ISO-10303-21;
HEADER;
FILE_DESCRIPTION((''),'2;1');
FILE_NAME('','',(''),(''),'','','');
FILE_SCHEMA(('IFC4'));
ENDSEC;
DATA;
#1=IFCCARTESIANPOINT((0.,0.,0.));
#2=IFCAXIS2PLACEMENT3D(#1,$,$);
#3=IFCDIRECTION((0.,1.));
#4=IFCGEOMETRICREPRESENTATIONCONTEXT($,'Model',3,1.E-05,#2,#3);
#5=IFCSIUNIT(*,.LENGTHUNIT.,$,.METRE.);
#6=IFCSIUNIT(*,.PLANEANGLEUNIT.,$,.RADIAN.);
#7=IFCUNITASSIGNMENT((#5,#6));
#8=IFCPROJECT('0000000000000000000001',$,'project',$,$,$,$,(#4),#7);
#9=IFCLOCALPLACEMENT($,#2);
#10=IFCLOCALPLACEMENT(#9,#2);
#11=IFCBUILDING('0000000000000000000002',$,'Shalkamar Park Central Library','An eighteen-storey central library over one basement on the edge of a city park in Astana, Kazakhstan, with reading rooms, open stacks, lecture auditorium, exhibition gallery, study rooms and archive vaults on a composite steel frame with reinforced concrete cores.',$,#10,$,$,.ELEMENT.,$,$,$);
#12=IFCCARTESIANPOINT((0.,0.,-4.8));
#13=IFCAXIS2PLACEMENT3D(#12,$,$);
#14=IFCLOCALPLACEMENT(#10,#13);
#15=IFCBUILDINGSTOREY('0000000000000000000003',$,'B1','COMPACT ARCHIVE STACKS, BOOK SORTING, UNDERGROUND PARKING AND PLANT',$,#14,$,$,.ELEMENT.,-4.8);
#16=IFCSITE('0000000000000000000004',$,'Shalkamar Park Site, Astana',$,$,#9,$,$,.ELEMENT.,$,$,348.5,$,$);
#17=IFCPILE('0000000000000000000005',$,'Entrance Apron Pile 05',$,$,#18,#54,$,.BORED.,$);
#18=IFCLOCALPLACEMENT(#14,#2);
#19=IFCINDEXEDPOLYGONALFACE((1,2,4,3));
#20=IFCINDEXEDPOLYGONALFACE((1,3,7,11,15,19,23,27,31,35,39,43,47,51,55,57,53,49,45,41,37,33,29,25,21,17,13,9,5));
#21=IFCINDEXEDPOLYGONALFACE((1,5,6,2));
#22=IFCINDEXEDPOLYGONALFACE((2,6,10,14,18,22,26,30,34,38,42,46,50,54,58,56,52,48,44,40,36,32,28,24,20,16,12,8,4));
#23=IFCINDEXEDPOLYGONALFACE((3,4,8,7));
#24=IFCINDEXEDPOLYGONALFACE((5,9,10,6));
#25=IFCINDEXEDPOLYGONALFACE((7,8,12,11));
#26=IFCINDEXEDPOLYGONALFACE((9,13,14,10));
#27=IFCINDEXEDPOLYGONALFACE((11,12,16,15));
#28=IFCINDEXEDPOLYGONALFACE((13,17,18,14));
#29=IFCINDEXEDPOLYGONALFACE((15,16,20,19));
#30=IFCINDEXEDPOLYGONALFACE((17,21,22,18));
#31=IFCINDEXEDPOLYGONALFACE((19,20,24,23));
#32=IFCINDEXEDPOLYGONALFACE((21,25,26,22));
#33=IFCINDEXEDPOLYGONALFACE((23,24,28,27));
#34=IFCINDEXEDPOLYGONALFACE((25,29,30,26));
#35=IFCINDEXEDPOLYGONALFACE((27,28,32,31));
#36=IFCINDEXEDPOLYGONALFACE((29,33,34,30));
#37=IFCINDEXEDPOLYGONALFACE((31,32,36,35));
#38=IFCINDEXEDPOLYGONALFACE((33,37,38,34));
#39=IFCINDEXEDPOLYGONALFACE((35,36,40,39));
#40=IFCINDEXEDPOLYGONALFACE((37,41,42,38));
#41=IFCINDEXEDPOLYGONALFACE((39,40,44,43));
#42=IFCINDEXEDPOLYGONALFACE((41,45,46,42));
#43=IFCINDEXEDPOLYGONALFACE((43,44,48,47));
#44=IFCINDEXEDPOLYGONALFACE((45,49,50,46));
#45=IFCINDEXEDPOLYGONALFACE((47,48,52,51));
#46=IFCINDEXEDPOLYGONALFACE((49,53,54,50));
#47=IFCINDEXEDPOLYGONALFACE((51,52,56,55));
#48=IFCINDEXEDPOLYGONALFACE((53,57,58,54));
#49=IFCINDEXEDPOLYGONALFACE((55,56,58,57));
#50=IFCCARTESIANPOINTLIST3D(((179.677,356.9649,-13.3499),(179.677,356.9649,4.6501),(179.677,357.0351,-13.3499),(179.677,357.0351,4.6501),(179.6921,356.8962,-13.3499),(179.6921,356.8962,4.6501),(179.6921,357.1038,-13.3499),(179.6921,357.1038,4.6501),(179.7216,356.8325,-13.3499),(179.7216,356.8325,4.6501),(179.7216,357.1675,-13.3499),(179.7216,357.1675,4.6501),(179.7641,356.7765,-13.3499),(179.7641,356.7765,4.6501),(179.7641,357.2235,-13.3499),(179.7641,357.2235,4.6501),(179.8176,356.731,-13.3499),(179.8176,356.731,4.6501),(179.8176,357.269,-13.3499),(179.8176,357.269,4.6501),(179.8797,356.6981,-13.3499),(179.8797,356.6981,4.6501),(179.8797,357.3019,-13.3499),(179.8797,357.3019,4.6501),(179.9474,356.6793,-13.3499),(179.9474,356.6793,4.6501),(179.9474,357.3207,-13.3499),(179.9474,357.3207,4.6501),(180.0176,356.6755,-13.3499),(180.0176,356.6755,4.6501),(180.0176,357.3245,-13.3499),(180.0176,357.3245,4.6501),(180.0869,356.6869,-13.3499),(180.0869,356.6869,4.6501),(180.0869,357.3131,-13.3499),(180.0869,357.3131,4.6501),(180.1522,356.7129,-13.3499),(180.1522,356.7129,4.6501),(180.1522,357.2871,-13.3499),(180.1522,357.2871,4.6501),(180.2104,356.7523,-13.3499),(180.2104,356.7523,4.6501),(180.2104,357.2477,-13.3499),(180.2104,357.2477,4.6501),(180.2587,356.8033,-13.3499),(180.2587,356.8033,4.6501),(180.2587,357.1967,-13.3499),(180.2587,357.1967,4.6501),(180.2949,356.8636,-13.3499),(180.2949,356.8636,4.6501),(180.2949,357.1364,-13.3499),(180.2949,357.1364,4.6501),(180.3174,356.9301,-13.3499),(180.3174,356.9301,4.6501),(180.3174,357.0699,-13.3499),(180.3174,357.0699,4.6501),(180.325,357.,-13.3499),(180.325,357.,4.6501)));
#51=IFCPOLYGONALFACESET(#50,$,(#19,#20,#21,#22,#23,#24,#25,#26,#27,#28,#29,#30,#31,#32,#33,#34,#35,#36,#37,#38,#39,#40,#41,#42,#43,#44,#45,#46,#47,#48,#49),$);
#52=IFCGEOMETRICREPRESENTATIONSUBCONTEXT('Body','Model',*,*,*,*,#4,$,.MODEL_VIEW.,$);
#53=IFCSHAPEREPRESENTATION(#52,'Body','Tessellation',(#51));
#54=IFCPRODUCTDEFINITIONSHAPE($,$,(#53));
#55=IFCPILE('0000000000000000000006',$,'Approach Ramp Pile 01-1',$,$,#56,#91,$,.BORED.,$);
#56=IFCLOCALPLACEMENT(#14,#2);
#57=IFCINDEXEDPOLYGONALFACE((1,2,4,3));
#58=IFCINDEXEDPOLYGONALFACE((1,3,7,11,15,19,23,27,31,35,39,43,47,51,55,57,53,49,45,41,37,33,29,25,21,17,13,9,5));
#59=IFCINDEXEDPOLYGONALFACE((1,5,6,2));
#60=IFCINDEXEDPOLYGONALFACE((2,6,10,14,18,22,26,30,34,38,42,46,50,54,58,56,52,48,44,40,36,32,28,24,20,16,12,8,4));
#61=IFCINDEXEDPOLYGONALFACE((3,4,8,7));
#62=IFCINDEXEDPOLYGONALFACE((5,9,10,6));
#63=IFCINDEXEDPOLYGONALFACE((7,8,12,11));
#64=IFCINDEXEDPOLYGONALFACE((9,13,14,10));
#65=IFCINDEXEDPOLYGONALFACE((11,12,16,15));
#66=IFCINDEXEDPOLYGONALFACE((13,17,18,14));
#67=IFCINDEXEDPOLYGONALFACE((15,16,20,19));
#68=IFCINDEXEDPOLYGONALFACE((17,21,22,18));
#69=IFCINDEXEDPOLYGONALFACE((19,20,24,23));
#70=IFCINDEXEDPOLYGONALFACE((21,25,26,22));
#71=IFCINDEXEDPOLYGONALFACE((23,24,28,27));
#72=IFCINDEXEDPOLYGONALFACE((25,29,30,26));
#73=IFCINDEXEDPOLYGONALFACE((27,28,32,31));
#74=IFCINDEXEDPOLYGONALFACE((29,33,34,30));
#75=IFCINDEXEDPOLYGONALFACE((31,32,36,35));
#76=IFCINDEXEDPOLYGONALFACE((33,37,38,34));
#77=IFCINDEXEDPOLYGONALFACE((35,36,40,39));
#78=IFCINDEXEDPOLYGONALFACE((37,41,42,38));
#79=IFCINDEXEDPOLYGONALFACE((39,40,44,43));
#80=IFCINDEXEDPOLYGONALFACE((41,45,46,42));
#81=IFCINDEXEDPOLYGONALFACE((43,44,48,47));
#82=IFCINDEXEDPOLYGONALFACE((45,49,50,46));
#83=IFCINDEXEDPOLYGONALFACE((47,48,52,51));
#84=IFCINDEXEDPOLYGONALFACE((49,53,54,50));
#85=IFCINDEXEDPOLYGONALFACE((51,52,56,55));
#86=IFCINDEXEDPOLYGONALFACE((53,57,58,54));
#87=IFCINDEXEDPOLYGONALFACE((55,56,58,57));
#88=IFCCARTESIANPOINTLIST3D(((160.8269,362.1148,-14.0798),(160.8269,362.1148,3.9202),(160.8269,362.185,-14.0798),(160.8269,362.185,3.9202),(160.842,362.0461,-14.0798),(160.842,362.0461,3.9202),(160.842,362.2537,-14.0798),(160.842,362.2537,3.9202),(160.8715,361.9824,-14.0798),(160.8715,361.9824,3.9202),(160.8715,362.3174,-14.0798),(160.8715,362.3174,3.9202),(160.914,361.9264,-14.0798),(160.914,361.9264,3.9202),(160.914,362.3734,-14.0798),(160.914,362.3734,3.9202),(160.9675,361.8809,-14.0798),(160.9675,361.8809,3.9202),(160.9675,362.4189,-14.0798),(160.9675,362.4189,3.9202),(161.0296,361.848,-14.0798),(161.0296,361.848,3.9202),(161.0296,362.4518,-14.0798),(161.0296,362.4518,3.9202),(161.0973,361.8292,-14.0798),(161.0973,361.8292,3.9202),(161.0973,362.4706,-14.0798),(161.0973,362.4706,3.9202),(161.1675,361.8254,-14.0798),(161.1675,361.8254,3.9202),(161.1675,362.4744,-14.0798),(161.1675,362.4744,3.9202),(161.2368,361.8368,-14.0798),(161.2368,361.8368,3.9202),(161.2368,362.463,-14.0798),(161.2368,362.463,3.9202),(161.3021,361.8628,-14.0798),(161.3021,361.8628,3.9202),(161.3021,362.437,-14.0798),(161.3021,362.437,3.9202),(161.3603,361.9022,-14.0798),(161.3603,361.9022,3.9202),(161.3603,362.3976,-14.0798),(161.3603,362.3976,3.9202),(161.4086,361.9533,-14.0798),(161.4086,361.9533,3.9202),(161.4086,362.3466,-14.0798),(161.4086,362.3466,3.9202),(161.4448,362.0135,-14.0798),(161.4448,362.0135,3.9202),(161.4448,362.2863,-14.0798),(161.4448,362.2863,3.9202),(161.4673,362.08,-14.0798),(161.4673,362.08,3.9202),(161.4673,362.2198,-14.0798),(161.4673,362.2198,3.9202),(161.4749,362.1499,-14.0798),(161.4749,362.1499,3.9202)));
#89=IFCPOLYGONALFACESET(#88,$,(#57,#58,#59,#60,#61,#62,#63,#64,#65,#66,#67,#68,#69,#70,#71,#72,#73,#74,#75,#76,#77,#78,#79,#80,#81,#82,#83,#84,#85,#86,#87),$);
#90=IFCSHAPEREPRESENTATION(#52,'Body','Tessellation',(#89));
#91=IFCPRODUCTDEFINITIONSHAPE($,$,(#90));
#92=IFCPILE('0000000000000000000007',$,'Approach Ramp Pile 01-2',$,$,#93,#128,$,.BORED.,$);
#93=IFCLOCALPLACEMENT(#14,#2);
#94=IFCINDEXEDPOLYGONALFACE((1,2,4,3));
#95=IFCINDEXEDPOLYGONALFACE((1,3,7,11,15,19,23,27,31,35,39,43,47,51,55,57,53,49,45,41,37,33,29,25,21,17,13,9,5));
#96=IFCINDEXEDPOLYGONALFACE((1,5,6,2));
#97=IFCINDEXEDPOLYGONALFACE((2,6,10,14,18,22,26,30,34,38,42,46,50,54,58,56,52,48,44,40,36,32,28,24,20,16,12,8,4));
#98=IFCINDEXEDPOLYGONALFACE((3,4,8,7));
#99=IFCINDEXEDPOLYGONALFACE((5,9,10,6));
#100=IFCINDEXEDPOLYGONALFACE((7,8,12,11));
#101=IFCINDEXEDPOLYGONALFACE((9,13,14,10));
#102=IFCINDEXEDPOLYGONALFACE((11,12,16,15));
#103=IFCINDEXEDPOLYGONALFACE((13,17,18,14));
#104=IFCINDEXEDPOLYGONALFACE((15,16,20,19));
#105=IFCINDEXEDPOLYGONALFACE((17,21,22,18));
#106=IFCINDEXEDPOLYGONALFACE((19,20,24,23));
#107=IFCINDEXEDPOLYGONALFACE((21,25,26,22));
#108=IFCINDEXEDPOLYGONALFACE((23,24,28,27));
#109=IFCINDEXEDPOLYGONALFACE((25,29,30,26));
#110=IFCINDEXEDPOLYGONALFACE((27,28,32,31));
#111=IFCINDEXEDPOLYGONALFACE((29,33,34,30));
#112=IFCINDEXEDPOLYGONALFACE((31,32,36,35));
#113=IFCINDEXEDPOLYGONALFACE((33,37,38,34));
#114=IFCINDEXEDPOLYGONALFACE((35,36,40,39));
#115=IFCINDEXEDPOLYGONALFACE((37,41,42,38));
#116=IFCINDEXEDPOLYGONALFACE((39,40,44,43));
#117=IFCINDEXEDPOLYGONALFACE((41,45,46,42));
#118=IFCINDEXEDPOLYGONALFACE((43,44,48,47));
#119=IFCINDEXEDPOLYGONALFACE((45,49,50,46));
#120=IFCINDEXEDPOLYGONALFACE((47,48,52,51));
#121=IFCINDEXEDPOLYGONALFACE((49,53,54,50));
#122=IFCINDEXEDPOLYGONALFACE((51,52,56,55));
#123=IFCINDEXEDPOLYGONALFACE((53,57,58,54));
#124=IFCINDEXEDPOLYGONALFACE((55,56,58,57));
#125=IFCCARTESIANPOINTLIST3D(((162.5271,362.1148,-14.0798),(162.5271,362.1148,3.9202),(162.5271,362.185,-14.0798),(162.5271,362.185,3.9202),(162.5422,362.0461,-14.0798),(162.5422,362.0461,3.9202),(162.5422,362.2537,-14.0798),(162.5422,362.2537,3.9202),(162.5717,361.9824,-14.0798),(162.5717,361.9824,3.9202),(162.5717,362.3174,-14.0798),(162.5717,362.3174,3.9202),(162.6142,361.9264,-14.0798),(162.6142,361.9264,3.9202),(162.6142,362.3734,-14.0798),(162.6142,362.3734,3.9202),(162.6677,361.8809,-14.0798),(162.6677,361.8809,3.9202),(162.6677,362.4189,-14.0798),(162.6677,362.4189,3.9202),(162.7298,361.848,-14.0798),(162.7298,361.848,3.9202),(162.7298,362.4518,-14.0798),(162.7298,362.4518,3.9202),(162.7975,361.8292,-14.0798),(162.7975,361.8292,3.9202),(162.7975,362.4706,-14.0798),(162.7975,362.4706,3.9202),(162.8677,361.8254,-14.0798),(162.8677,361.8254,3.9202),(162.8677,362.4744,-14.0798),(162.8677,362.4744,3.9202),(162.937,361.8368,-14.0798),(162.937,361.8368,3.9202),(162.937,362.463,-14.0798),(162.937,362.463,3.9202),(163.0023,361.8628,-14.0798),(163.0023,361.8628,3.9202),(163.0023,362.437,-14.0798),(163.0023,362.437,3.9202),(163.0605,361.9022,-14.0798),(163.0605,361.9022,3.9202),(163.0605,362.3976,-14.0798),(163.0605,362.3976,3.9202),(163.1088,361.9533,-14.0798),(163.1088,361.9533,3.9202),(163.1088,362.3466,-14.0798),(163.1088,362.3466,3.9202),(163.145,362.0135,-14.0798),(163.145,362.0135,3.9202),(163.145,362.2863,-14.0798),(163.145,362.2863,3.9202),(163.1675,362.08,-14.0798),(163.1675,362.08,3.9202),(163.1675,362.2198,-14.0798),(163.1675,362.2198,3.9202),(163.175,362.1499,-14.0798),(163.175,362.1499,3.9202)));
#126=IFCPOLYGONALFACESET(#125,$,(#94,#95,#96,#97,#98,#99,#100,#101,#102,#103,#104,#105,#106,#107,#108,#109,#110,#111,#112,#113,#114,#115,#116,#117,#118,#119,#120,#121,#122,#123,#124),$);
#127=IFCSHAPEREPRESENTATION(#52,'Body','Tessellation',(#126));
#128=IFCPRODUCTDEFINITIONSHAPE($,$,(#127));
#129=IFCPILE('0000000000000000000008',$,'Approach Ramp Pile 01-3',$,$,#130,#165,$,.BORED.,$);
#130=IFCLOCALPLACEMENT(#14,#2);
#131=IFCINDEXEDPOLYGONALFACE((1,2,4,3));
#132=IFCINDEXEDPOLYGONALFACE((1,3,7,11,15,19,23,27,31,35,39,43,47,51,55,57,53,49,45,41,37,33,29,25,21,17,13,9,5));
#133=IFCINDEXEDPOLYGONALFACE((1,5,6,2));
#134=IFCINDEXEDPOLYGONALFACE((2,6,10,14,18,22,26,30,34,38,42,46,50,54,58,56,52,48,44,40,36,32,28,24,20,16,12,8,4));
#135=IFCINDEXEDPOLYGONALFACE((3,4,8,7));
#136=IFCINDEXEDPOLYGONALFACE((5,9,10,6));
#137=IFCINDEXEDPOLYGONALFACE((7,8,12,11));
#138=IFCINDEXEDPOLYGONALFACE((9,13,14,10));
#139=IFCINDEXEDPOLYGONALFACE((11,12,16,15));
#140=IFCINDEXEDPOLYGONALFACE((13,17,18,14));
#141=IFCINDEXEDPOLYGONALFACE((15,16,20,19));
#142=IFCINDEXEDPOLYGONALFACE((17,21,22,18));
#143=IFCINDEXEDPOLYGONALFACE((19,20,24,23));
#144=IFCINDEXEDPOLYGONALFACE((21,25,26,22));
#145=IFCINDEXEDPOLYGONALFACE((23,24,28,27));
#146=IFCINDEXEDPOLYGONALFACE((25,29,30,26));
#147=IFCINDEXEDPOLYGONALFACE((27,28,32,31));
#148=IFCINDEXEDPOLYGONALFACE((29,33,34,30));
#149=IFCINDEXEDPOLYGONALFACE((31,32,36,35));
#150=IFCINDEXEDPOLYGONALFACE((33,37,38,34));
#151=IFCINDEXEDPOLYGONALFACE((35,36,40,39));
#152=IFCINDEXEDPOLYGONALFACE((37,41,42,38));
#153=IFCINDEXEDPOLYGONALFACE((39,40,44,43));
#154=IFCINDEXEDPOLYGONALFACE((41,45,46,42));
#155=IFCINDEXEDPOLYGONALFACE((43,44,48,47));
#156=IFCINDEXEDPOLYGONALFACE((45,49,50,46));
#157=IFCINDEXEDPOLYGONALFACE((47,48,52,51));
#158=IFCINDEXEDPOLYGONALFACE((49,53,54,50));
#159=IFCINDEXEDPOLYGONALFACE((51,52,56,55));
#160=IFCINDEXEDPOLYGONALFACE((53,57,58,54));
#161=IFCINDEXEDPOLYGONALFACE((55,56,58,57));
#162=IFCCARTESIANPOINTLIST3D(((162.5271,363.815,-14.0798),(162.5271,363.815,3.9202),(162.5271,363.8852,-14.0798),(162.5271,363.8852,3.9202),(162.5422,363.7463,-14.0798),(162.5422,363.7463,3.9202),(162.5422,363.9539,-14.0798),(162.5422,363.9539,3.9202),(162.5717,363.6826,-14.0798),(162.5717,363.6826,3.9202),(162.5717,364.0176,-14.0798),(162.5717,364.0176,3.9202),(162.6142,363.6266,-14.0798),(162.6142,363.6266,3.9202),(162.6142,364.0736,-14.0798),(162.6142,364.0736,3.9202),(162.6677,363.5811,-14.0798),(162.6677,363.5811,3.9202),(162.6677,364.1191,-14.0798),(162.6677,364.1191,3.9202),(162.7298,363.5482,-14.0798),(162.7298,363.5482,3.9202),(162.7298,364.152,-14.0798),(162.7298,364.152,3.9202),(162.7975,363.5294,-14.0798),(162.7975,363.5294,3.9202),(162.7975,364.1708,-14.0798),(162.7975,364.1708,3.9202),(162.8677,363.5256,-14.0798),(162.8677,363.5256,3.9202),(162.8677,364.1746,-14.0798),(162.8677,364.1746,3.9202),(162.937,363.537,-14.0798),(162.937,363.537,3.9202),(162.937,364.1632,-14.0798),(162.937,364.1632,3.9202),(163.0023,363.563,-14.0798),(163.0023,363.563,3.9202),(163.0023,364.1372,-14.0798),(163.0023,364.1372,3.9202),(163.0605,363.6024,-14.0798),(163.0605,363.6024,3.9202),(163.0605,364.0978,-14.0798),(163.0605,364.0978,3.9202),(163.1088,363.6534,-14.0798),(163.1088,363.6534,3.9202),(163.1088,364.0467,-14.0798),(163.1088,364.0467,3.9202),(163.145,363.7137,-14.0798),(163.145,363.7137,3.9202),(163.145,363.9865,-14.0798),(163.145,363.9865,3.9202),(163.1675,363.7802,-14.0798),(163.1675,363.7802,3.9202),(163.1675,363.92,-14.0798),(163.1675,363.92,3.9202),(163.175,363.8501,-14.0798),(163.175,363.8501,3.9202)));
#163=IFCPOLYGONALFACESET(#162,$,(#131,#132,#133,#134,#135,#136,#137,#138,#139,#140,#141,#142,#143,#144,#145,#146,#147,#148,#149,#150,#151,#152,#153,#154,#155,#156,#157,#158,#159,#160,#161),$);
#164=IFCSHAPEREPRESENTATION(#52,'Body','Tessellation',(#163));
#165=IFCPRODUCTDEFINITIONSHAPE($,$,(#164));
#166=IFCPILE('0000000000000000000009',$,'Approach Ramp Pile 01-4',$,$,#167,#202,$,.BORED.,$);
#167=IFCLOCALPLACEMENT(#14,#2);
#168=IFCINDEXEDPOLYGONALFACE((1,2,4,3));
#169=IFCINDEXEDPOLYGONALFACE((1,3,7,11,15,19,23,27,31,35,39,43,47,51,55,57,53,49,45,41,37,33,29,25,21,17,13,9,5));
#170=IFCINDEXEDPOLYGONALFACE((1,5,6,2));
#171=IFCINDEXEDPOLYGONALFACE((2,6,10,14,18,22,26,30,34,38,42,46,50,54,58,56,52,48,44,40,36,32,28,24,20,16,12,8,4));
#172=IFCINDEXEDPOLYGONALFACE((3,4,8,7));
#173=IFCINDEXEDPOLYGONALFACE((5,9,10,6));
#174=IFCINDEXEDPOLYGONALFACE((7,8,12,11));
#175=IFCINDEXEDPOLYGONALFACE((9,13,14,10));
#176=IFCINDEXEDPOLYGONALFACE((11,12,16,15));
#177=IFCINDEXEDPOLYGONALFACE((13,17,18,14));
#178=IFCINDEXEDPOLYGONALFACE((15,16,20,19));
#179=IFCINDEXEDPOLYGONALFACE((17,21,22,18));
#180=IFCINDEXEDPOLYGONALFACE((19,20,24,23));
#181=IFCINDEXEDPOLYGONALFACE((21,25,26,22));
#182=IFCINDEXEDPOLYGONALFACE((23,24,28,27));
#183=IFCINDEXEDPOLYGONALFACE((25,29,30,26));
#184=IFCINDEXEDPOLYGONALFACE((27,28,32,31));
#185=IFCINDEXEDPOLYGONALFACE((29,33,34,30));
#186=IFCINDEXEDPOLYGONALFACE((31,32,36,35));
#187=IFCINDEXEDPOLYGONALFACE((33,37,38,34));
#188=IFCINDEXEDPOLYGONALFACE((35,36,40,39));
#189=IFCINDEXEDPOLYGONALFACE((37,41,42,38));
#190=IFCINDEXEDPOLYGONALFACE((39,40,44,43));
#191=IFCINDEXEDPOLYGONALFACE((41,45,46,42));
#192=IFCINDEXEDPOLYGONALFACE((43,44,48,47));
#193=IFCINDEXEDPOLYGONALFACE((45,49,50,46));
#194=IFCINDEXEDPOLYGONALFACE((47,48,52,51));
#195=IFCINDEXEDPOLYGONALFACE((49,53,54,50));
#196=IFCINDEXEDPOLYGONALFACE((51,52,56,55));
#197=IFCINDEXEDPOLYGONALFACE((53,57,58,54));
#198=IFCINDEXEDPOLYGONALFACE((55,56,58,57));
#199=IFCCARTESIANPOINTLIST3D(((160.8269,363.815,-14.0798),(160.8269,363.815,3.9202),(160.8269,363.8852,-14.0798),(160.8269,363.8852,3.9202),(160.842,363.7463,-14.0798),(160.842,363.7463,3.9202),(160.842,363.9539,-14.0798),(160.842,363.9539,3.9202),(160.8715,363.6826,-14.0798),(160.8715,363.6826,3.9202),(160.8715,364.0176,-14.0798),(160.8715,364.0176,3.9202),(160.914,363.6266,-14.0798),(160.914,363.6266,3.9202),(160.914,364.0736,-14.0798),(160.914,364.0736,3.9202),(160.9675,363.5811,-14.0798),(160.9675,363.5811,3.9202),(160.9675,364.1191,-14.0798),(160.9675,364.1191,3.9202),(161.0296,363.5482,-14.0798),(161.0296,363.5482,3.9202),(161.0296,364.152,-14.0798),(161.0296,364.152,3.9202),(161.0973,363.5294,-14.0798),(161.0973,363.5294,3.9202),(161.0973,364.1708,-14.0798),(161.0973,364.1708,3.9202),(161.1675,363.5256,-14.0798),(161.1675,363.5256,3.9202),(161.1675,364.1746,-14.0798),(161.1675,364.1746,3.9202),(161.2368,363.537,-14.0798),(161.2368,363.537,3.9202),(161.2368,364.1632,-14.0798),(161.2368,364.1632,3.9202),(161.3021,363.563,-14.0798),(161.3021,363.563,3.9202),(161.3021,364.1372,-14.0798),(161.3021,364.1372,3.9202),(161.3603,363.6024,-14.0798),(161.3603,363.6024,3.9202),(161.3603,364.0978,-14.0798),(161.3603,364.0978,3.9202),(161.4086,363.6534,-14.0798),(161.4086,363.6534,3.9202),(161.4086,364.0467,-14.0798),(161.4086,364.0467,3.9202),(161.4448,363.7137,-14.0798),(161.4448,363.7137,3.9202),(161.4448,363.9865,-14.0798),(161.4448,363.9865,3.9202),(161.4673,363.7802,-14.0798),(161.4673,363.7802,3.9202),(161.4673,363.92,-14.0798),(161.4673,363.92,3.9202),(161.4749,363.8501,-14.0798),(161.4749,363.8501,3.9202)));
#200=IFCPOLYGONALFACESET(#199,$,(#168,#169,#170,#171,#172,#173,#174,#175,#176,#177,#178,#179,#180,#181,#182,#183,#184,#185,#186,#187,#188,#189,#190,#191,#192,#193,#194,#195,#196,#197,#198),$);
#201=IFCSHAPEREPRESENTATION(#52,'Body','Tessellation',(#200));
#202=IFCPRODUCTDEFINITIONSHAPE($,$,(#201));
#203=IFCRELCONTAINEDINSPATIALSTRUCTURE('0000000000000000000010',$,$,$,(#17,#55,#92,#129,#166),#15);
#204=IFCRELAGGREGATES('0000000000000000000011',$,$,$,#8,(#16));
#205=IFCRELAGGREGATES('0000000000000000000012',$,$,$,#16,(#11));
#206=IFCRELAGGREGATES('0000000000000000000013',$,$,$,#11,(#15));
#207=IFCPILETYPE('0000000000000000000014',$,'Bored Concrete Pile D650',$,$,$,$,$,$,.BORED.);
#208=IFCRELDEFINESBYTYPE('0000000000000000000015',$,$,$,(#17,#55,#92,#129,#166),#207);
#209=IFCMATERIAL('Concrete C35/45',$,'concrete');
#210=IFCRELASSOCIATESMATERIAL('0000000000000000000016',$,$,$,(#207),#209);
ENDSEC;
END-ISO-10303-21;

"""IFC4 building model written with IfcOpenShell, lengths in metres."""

from ifc_helpers import new_model, si_unit, direction, frame, origin, origin_2d, place, context, subcontext, project, spatial, circle, extrude, material, material_profile, profile_set, type_object, element, save


model = new_model("IFC4")

# Units and contexts
model_context = context("Model", 3, precision=1e-05, world=origin(), true_north=direction((0.0, 1.0)))
body_context = subcontext(model_context, "Body", "Model", "MODEL_VIEW")
ifc_project = project(units=[si_unit("LENGTHUNIT", "METRE"), si_unit("PLANEANGLEUNIT", "RADIAN")], contexts=[model_context])

# Site, building, storey
site_placement = place(None, origin())
site = spatial("IfcSite", under=ifc_project, at=site_placement, Name="Shalkamar Park Site, Astana", CompositionType="ELEMENT", RefElevation=348.5)
building_placement = place(site_placement, origin())
building = spatial("IfcBuilding", under=site, at=building_placement, Name="Shalkamar Park Central Library", Description="An eighteen-storey central library over one basement on the edge of a city park in Astana, Kazakhstan, with reading rooms, open stacks, lecture auditorium, exhibition gallery, study rooms and archive vaults on a composite steel frame with reinforced concrete cores.", CompositionType="ELEMENT")
storey_placement = place(building_placement, frame((0.0, 0.0, -4.8)))
storey = spatial("IfcBuildingStorey", under=building, at=storey_placement, Name="B1", Description="COMPACT ARCHIVE STACKS, BOOK SORTING, UNDERGROUND PARKING AND PLANT", CompositionType="ELEMENT", Elevation=-4.8)

# Piles
ifc_material_1 = material(Name="Concrete C35/45", Category="concrete")
ifc_material_profile_1 = material_profile(ifc_material_1, circle(Radius=0.325, at=origin_2d()), Name="PILE D650")
ifc_profile_set_1 = profile_set([ifc_material_profile_1], Name="Concrete C35/45")
pile_type_1 = type_object("IfcPileType", Name="Bored Concrete Pile D650", PredefinedType="BORED", material=ifc_profile_set_1)
for number, where, z_axis, x_axis, name in (
    (1, (180.0, 357.0, 4.6501), (0.0, 0.0, -1.0), (1.0, 0.0, 0.0), "Entrance Apron Pile 05"),
    (2, (161.1499, 362.1499, 3.9202), (0.0, 0.0, -1.0), (1.0, 0.0, 0.0), "Approach Ramp Pile 01-1"),
    (3, (162.8501, 362.1499, 3.9202), (0.0, 0.0, -1.0), (1.0, 0.0, 0.0), "Approach Ramp Pile 01-2"),
    (4, (162.8501, 363.8501, 3.9202), (0.0, 0.0, -1.0), (1.0, 0.0, 0.0), "Approach Ramp Pile 01-3"),
    (5, (161.1499, 363.8501, 3.9202), (0.0, 0.0, -1.0), (1.0, 0.0, 0.0), "Approach Ramp Pile 01-4"),
):
    element("IfcPile", number, at=place(storey_placement, frame(where, z_axis=z_axis, x_axis=x_axis)), inside=storey, type_object=pile_type_1, Name=name, PredefinedType="BORED", context=body_context, shape_type="SweptSolid", body=[
        extrude(circle(Radius=0.325, at=origin_2d()), origin(), (0.0, 0.0, 1.0), 18.0),
    ])

save(model, "model.ifc")
